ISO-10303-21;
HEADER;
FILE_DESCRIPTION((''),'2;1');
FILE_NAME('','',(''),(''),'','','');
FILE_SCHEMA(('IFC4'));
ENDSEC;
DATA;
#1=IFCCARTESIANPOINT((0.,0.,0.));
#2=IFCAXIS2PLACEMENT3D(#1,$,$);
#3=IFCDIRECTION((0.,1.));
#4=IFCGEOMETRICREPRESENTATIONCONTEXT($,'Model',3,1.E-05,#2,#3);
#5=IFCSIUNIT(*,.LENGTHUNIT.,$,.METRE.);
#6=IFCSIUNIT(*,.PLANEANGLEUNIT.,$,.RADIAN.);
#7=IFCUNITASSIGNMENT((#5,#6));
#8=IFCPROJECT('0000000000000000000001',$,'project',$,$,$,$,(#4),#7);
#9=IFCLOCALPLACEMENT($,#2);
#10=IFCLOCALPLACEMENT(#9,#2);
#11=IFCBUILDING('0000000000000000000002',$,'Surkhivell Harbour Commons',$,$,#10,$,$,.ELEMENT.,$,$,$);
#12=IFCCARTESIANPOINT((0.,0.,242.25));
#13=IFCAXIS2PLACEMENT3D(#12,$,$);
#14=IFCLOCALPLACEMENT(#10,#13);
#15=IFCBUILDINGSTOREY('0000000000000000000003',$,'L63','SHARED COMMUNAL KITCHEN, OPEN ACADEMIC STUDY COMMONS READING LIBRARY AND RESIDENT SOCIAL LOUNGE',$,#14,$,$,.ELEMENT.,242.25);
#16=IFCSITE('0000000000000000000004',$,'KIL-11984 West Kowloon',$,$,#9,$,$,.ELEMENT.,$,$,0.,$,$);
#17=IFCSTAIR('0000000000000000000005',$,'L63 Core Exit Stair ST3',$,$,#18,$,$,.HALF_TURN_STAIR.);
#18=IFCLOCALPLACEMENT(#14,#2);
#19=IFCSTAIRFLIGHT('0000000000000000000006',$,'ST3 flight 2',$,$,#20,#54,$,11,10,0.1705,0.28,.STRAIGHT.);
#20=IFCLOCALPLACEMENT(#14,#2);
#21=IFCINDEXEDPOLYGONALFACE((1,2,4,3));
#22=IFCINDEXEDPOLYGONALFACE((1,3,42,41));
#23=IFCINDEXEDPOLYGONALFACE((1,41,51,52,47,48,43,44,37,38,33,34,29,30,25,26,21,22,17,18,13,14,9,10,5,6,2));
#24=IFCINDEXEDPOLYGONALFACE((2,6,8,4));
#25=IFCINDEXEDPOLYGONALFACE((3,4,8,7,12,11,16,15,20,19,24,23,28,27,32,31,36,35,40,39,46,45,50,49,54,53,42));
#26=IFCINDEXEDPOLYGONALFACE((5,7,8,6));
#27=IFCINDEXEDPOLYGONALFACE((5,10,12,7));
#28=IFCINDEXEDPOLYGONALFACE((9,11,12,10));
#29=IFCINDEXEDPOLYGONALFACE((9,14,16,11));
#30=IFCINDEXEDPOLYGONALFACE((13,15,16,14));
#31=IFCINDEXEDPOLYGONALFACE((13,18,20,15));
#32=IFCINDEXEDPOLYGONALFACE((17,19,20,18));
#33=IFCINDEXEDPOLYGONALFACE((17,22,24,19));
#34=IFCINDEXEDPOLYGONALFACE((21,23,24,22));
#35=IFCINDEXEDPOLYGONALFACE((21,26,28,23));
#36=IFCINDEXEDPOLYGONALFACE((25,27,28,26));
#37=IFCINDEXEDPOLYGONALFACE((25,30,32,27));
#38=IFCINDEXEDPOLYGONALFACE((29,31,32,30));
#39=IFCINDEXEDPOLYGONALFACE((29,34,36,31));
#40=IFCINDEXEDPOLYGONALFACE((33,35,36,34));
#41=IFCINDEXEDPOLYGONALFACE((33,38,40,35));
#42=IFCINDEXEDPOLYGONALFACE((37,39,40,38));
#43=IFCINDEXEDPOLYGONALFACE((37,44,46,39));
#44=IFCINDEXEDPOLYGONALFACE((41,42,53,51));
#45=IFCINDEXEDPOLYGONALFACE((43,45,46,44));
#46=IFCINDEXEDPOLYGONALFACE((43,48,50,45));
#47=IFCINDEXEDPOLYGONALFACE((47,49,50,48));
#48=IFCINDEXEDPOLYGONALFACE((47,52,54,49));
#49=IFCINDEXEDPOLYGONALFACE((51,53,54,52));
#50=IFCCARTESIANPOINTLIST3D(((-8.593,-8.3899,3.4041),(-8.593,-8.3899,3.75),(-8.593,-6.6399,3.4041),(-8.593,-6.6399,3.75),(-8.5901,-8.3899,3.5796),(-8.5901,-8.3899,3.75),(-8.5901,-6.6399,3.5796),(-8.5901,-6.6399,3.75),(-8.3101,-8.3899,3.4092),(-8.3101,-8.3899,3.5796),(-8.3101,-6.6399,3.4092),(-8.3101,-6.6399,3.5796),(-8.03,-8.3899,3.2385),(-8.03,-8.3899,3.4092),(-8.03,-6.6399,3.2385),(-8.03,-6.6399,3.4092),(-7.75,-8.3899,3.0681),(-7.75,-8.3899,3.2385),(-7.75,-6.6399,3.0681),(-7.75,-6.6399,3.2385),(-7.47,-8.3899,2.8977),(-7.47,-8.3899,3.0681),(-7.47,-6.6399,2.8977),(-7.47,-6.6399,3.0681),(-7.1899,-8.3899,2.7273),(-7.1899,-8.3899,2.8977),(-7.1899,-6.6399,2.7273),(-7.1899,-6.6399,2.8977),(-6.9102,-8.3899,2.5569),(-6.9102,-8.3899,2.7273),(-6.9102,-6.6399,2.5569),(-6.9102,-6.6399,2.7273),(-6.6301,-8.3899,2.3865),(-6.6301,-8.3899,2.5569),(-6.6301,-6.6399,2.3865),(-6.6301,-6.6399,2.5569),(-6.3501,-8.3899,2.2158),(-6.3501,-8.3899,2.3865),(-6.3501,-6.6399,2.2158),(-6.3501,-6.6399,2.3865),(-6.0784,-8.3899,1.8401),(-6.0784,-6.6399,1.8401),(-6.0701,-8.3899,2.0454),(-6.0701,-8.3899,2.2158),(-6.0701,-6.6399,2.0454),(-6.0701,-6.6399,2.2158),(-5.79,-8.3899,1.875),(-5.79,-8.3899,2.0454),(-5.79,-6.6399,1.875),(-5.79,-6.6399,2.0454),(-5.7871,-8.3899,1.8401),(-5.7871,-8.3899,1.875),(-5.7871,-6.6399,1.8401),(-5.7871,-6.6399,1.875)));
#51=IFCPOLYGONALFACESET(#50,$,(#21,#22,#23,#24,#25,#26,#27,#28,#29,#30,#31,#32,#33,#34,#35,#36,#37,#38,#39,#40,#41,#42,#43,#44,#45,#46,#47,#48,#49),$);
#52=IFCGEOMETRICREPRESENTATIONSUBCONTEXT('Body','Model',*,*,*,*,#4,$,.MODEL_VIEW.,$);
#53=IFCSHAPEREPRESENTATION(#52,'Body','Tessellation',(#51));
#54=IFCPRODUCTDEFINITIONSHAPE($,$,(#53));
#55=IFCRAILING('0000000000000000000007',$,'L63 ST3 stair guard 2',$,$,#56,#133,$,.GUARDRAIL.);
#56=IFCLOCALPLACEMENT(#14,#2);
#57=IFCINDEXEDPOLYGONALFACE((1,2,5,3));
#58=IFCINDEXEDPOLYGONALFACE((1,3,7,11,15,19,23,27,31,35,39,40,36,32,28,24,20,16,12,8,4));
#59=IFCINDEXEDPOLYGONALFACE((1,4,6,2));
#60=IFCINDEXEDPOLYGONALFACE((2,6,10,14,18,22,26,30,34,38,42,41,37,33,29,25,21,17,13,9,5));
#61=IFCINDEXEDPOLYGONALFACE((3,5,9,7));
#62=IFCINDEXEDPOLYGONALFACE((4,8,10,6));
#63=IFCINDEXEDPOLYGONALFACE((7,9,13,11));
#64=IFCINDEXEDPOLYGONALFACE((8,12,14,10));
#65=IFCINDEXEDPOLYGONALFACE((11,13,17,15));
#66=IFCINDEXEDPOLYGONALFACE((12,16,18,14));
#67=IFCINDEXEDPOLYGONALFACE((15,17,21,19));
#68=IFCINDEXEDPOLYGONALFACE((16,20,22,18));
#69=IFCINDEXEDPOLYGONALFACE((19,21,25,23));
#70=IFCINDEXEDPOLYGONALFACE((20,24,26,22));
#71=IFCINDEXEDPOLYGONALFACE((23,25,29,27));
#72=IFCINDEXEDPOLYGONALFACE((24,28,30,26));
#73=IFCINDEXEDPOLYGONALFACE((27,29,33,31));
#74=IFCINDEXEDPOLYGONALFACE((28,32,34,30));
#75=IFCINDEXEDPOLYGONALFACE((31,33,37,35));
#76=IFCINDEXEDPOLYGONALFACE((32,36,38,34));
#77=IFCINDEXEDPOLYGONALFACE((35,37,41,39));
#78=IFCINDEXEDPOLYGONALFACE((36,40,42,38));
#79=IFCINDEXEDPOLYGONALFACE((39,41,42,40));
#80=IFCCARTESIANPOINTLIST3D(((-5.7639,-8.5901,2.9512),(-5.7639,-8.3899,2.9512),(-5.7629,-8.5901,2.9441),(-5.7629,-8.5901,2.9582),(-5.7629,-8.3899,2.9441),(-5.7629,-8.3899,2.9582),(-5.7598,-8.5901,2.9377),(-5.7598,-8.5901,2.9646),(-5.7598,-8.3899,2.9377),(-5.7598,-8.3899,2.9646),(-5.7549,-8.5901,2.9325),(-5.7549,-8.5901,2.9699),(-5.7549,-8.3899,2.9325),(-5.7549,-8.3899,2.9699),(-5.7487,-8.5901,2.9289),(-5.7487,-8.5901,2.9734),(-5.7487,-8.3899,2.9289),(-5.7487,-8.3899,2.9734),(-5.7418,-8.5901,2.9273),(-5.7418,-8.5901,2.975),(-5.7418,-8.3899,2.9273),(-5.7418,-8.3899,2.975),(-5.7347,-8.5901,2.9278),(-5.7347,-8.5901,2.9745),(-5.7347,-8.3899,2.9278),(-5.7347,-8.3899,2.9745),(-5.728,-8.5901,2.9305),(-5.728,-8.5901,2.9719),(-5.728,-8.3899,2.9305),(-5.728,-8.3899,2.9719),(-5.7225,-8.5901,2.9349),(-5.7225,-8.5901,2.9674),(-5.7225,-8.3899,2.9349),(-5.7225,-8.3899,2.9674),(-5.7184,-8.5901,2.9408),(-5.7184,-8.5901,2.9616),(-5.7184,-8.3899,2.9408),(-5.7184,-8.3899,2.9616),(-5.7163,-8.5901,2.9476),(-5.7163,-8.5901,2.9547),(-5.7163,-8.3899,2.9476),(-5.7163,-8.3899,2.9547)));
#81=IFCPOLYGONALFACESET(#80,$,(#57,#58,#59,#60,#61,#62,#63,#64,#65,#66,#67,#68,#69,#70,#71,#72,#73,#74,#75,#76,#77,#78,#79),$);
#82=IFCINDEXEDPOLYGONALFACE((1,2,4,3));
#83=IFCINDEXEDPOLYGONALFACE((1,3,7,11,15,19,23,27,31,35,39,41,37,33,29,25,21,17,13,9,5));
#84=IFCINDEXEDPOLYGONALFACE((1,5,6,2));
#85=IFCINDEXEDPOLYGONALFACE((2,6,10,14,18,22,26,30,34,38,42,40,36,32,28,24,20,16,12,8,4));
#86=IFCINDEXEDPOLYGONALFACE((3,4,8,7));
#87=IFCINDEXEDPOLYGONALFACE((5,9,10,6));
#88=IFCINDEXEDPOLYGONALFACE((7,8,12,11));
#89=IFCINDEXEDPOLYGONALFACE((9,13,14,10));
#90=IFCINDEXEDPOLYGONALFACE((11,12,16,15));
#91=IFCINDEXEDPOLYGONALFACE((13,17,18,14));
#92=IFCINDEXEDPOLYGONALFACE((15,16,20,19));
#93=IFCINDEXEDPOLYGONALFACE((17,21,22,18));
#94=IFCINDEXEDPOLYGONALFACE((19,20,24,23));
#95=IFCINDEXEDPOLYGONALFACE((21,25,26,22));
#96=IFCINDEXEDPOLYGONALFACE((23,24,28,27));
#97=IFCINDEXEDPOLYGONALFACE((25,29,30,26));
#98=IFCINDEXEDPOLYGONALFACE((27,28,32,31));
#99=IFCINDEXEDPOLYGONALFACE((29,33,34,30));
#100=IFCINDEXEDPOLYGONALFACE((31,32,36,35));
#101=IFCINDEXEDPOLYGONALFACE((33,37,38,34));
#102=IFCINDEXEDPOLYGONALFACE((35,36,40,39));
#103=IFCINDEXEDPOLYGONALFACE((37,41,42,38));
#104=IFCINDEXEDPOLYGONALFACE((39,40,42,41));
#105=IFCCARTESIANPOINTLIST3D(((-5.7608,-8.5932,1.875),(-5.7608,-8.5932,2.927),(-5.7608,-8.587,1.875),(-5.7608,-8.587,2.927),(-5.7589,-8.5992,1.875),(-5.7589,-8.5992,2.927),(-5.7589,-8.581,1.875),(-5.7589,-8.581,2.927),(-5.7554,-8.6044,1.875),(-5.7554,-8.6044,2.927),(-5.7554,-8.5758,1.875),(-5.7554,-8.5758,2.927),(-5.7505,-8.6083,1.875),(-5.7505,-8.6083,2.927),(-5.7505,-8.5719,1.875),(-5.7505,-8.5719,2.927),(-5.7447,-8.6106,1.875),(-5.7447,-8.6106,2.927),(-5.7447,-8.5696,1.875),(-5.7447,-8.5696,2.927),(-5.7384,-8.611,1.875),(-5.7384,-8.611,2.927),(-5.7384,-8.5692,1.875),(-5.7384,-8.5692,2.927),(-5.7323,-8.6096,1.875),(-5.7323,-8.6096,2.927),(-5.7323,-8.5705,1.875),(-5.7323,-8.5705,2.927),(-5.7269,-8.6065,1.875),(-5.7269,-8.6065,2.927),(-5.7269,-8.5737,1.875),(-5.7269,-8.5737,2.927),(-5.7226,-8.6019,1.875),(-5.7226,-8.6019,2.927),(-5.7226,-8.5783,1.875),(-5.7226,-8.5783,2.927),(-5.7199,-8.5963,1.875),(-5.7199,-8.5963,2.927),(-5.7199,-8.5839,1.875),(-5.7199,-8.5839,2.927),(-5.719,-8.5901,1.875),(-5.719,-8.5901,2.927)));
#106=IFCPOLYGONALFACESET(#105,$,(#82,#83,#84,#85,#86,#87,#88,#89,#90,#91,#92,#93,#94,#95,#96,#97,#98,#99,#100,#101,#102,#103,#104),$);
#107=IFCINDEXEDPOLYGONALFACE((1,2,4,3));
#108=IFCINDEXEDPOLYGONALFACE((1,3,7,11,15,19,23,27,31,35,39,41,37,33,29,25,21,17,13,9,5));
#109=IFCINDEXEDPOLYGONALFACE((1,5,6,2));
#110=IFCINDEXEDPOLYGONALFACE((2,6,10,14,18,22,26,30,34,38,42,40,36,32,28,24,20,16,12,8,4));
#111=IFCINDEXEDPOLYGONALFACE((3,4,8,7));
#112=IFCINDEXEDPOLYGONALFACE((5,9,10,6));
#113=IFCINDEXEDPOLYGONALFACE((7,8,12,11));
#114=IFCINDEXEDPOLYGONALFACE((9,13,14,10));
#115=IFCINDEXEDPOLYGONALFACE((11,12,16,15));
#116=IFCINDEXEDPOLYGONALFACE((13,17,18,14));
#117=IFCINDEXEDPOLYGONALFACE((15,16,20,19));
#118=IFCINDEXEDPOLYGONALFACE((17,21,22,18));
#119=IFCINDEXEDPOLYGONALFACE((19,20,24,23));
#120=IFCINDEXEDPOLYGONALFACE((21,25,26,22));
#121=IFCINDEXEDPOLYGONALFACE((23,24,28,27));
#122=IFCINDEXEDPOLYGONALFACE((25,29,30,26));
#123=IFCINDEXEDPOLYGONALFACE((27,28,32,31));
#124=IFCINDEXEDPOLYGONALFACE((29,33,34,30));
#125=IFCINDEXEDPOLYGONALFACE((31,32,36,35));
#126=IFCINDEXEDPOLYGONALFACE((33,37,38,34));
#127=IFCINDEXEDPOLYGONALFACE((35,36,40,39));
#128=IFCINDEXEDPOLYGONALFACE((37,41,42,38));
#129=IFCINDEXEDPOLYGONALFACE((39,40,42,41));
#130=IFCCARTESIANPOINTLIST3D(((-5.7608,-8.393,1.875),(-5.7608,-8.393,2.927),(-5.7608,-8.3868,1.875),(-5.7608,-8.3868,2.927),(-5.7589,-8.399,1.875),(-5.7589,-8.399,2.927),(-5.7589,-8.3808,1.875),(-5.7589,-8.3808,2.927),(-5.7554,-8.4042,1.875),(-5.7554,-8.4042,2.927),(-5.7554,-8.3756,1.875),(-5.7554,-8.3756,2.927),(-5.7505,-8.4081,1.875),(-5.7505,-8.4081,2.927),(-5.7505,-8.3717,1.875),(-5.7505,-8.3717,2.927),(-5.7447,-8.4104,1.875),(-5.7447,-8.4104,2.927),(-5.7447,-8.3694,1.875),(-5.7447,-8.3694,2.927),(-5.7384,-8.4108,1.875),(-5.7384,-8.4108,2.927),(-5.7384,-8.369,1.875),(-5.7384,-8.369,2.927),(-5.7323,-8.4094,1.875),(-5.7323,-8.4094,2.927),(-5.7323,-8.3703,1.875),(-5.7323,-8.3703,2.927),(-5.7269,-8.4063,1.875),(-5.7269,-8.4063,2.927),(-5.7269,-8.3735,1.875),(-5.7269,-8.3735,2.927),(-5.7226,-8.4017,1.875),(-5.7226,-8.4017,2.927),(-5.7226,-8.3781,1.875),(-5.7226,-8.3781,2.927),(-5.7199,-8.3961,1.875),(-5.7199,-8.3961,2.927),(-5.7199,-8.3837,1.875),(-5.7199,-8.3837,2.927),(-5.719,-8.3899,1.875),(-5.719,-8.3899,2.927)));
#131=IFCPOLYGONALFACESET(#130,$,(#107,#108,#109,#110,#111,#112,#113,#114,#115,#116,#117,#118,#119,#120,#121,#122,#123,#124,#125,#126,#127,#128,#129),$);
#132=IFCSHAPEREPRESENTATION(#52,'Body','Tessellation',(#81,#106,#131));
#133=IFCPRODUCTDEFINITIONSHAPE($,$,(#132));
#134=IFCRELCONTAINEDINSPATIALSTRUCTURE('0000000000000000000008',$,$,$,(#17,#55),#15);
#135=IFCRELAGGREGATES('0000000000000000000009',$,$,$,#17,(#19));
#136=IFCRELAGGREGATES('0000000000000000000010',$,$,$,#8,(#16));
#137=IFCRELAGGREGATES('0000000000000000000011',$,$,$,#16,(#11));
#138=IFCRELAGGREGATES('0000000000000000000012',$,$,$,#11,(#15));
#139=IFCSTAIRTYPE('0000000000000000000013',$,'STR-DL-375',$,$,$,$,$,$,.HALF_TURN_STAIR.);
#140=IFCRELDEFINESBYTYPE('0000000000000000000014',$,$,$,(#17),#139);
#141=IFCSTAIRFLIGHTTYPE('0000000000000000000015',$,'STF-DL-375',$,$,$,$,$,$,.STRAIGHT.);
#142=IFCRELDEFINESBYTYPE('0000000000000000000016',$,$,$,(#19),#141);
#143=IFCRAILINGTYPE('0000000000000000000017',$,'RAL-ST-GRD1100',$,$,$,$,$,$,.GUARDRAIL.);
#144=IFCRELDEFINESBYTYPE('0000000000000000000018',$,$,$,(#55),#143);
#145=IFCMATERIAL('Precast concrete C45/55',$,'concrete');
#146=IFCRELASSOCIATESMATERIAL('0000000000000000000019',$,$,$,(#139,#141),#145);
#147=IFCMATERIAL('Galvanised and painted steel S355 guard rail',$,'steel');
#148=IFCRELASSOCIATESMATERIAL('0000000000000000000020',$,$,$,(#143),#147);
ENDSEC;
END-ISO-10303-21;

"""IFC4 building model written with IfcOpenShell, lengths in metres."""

from ifc_helpers import new_model, si_unit, direction, frame, origin, origin_2d, place, context, subcontext, project, spatial, polyline, circle, outline, extrude, material, type_object, element, aggregate, save


model = new_model("IFC4")

# Units and contexts
model_context = context("Model", 3, precision=1e-05, world=origin(), true_north=direction((0.0, 1.0)))
body_context = subcontext(model_context, "Body", "Model", "MODEL_VIEW")
ifc_project = project(units=[si_unit("LENGTHUNIT", "METRE"), si_unit("PLANEANGLEUNIT", "RADIAN")], contexts=[model_context])

# Site, building, storey
site_placement = place(None, origin())
site = spatial("IfcSite", under=ifc_project, at=site_placement, Name="KIL-11984 West Kowloon", CompositionType="ELEMENT", RefElevation=0.0)
building_placement = place(site_placement, origin())
building = spatial("IfcBuilding", under=site, at=building_placement, Name="Surkhivell Harbour Commons", CompositionType="ELEMENT")
storey_placement = place(building_placement, frame((0.0, 0.0, 242.25)))
storey = spatial("IfcBuildingStorey", under=building, at=storey_placement, Name="L63", Description="SHARED COMMUNAL KITCHEN, OPEN ACADEMIC STUDY COMMONS READING LIBRARY AND RESIDENT SOCIAL LOUNGE", CompositionType="ELEMENT", Elevation=242.25)

# Stair, stair flight
ifc_material_1 = material(Name="Precast concrete C45/55", Category="concrete")
stair_type = type_object("IfcStairType", Name="STR-DL-375", PredefinedType="HALF_TURN_STAIR", material=ifc_material_1)
stair_placement = place(storey_placement, origin())
stair = element("IfcStair", 1, at=stair_placement, inside=storey, type_object=stair_type, Name="L63 Core Exit Stair ST3", PredefinedType="HALF_TURN_STAIR")
stair_flight_type = type_object("IfcStairFlightType", Name="STF-DL-375", PredefinedType="STRAIGHT", material=ifc_material_1)
stair_flight_placement = place(storey_placement, frame((-5.79, -7.5149, 1.875), z_axis=(0.0, 0.0, 1.0), x_axis=(-1.0, 0.0, 0.0)))
stair_flight = element("IfcStairFlight", 2, at=stair_flight_placement, type_object=stair_flight_type, Name="ST3 flight 2", NumberOfRisers=11, NumberOfTreads=10, PredefinedType="STRAIGHT", RiserHeight=0.1705, TreadLength=0.28, context=body_context, shape_type="SweptSolid", body=[
    extrude(outline(polyline([(-0.0029, -0.0349), (-0.0029, 0.0), (0.0, 0.0), (0.0, 0.1704), (0.28, 0.1704), (0.28, 0.3408), (0.5601, 0.3408), (0.5601, 0.5115), (0.8401, 0.5115), (0.8401, 0.6819), (1.1201, 0.6819), (1.1201, 0.8523), (1.3999, 0.8523), (1.3999, 1.0227), (1.6799, 1.0227), (1.6799, 1.1931), (1.96, 1.1931), (1.96, 1.3635), (2.24, 1.3635), (2.24, 1.5342), (2.52, 1.5342), (2.52, 1.7046), (2.8, 1.7046), (2.8, 1.875), (2.803, 1.875), (2.803, 1.5291), (0.2883, -0.0349), (-0.0029, -0.0349)])), frame((0.0, 0.875, 0.0), z_axis=(0.0, -1.0, 0.0), x_axis=(1.0, 0.0, 0.0)), (0.0, 0.0, 1.0), 1.75),
])
aggregate(stair, [stair_flight])

# Railing
ifc_material_2 = material(Name="Galvanised and painted steel S355 guard rail", Category="steel")
railing_type_1 = type_object("IfcRailingType", Name="RAL-ST-GRD1100", PredefinedType="GUARDRAIL", material=ifc_material_2)
railing_1_placement = place(storey_placement, frame((-5.74, -8.5901, 1.875)))
element("IfcRailing", 3, at=railing_1_placement, inside=storey, type_object=railing_type_1, Name="L63 ST3 stair guard 2", PredefinedType="GUARDRAIL", context=body_context, shape_type="SweptSolid", body=[
    extrude(circle(Radius=0.0239, at=origin_2d()), frame((0.0, 0.0, 1.0762), z_axis=(0.0, 1.0, 0.0), x_axis=(-1.0, 0.0, 0.0)), (0.0, 0.0, 1.0), 0.2002),
    extrude(circle(Radius=0.021, at=origin_2d()), origin(), (0.0, 0.0, 1.0), 1.052),
    extrude(circle(Radius=0.021, at=origin_2d()), frame((0.0, 0.2002, 0.0)), (0.0, 0.0, 1.0), 1.052),
])

save(model, "model.ifc")
